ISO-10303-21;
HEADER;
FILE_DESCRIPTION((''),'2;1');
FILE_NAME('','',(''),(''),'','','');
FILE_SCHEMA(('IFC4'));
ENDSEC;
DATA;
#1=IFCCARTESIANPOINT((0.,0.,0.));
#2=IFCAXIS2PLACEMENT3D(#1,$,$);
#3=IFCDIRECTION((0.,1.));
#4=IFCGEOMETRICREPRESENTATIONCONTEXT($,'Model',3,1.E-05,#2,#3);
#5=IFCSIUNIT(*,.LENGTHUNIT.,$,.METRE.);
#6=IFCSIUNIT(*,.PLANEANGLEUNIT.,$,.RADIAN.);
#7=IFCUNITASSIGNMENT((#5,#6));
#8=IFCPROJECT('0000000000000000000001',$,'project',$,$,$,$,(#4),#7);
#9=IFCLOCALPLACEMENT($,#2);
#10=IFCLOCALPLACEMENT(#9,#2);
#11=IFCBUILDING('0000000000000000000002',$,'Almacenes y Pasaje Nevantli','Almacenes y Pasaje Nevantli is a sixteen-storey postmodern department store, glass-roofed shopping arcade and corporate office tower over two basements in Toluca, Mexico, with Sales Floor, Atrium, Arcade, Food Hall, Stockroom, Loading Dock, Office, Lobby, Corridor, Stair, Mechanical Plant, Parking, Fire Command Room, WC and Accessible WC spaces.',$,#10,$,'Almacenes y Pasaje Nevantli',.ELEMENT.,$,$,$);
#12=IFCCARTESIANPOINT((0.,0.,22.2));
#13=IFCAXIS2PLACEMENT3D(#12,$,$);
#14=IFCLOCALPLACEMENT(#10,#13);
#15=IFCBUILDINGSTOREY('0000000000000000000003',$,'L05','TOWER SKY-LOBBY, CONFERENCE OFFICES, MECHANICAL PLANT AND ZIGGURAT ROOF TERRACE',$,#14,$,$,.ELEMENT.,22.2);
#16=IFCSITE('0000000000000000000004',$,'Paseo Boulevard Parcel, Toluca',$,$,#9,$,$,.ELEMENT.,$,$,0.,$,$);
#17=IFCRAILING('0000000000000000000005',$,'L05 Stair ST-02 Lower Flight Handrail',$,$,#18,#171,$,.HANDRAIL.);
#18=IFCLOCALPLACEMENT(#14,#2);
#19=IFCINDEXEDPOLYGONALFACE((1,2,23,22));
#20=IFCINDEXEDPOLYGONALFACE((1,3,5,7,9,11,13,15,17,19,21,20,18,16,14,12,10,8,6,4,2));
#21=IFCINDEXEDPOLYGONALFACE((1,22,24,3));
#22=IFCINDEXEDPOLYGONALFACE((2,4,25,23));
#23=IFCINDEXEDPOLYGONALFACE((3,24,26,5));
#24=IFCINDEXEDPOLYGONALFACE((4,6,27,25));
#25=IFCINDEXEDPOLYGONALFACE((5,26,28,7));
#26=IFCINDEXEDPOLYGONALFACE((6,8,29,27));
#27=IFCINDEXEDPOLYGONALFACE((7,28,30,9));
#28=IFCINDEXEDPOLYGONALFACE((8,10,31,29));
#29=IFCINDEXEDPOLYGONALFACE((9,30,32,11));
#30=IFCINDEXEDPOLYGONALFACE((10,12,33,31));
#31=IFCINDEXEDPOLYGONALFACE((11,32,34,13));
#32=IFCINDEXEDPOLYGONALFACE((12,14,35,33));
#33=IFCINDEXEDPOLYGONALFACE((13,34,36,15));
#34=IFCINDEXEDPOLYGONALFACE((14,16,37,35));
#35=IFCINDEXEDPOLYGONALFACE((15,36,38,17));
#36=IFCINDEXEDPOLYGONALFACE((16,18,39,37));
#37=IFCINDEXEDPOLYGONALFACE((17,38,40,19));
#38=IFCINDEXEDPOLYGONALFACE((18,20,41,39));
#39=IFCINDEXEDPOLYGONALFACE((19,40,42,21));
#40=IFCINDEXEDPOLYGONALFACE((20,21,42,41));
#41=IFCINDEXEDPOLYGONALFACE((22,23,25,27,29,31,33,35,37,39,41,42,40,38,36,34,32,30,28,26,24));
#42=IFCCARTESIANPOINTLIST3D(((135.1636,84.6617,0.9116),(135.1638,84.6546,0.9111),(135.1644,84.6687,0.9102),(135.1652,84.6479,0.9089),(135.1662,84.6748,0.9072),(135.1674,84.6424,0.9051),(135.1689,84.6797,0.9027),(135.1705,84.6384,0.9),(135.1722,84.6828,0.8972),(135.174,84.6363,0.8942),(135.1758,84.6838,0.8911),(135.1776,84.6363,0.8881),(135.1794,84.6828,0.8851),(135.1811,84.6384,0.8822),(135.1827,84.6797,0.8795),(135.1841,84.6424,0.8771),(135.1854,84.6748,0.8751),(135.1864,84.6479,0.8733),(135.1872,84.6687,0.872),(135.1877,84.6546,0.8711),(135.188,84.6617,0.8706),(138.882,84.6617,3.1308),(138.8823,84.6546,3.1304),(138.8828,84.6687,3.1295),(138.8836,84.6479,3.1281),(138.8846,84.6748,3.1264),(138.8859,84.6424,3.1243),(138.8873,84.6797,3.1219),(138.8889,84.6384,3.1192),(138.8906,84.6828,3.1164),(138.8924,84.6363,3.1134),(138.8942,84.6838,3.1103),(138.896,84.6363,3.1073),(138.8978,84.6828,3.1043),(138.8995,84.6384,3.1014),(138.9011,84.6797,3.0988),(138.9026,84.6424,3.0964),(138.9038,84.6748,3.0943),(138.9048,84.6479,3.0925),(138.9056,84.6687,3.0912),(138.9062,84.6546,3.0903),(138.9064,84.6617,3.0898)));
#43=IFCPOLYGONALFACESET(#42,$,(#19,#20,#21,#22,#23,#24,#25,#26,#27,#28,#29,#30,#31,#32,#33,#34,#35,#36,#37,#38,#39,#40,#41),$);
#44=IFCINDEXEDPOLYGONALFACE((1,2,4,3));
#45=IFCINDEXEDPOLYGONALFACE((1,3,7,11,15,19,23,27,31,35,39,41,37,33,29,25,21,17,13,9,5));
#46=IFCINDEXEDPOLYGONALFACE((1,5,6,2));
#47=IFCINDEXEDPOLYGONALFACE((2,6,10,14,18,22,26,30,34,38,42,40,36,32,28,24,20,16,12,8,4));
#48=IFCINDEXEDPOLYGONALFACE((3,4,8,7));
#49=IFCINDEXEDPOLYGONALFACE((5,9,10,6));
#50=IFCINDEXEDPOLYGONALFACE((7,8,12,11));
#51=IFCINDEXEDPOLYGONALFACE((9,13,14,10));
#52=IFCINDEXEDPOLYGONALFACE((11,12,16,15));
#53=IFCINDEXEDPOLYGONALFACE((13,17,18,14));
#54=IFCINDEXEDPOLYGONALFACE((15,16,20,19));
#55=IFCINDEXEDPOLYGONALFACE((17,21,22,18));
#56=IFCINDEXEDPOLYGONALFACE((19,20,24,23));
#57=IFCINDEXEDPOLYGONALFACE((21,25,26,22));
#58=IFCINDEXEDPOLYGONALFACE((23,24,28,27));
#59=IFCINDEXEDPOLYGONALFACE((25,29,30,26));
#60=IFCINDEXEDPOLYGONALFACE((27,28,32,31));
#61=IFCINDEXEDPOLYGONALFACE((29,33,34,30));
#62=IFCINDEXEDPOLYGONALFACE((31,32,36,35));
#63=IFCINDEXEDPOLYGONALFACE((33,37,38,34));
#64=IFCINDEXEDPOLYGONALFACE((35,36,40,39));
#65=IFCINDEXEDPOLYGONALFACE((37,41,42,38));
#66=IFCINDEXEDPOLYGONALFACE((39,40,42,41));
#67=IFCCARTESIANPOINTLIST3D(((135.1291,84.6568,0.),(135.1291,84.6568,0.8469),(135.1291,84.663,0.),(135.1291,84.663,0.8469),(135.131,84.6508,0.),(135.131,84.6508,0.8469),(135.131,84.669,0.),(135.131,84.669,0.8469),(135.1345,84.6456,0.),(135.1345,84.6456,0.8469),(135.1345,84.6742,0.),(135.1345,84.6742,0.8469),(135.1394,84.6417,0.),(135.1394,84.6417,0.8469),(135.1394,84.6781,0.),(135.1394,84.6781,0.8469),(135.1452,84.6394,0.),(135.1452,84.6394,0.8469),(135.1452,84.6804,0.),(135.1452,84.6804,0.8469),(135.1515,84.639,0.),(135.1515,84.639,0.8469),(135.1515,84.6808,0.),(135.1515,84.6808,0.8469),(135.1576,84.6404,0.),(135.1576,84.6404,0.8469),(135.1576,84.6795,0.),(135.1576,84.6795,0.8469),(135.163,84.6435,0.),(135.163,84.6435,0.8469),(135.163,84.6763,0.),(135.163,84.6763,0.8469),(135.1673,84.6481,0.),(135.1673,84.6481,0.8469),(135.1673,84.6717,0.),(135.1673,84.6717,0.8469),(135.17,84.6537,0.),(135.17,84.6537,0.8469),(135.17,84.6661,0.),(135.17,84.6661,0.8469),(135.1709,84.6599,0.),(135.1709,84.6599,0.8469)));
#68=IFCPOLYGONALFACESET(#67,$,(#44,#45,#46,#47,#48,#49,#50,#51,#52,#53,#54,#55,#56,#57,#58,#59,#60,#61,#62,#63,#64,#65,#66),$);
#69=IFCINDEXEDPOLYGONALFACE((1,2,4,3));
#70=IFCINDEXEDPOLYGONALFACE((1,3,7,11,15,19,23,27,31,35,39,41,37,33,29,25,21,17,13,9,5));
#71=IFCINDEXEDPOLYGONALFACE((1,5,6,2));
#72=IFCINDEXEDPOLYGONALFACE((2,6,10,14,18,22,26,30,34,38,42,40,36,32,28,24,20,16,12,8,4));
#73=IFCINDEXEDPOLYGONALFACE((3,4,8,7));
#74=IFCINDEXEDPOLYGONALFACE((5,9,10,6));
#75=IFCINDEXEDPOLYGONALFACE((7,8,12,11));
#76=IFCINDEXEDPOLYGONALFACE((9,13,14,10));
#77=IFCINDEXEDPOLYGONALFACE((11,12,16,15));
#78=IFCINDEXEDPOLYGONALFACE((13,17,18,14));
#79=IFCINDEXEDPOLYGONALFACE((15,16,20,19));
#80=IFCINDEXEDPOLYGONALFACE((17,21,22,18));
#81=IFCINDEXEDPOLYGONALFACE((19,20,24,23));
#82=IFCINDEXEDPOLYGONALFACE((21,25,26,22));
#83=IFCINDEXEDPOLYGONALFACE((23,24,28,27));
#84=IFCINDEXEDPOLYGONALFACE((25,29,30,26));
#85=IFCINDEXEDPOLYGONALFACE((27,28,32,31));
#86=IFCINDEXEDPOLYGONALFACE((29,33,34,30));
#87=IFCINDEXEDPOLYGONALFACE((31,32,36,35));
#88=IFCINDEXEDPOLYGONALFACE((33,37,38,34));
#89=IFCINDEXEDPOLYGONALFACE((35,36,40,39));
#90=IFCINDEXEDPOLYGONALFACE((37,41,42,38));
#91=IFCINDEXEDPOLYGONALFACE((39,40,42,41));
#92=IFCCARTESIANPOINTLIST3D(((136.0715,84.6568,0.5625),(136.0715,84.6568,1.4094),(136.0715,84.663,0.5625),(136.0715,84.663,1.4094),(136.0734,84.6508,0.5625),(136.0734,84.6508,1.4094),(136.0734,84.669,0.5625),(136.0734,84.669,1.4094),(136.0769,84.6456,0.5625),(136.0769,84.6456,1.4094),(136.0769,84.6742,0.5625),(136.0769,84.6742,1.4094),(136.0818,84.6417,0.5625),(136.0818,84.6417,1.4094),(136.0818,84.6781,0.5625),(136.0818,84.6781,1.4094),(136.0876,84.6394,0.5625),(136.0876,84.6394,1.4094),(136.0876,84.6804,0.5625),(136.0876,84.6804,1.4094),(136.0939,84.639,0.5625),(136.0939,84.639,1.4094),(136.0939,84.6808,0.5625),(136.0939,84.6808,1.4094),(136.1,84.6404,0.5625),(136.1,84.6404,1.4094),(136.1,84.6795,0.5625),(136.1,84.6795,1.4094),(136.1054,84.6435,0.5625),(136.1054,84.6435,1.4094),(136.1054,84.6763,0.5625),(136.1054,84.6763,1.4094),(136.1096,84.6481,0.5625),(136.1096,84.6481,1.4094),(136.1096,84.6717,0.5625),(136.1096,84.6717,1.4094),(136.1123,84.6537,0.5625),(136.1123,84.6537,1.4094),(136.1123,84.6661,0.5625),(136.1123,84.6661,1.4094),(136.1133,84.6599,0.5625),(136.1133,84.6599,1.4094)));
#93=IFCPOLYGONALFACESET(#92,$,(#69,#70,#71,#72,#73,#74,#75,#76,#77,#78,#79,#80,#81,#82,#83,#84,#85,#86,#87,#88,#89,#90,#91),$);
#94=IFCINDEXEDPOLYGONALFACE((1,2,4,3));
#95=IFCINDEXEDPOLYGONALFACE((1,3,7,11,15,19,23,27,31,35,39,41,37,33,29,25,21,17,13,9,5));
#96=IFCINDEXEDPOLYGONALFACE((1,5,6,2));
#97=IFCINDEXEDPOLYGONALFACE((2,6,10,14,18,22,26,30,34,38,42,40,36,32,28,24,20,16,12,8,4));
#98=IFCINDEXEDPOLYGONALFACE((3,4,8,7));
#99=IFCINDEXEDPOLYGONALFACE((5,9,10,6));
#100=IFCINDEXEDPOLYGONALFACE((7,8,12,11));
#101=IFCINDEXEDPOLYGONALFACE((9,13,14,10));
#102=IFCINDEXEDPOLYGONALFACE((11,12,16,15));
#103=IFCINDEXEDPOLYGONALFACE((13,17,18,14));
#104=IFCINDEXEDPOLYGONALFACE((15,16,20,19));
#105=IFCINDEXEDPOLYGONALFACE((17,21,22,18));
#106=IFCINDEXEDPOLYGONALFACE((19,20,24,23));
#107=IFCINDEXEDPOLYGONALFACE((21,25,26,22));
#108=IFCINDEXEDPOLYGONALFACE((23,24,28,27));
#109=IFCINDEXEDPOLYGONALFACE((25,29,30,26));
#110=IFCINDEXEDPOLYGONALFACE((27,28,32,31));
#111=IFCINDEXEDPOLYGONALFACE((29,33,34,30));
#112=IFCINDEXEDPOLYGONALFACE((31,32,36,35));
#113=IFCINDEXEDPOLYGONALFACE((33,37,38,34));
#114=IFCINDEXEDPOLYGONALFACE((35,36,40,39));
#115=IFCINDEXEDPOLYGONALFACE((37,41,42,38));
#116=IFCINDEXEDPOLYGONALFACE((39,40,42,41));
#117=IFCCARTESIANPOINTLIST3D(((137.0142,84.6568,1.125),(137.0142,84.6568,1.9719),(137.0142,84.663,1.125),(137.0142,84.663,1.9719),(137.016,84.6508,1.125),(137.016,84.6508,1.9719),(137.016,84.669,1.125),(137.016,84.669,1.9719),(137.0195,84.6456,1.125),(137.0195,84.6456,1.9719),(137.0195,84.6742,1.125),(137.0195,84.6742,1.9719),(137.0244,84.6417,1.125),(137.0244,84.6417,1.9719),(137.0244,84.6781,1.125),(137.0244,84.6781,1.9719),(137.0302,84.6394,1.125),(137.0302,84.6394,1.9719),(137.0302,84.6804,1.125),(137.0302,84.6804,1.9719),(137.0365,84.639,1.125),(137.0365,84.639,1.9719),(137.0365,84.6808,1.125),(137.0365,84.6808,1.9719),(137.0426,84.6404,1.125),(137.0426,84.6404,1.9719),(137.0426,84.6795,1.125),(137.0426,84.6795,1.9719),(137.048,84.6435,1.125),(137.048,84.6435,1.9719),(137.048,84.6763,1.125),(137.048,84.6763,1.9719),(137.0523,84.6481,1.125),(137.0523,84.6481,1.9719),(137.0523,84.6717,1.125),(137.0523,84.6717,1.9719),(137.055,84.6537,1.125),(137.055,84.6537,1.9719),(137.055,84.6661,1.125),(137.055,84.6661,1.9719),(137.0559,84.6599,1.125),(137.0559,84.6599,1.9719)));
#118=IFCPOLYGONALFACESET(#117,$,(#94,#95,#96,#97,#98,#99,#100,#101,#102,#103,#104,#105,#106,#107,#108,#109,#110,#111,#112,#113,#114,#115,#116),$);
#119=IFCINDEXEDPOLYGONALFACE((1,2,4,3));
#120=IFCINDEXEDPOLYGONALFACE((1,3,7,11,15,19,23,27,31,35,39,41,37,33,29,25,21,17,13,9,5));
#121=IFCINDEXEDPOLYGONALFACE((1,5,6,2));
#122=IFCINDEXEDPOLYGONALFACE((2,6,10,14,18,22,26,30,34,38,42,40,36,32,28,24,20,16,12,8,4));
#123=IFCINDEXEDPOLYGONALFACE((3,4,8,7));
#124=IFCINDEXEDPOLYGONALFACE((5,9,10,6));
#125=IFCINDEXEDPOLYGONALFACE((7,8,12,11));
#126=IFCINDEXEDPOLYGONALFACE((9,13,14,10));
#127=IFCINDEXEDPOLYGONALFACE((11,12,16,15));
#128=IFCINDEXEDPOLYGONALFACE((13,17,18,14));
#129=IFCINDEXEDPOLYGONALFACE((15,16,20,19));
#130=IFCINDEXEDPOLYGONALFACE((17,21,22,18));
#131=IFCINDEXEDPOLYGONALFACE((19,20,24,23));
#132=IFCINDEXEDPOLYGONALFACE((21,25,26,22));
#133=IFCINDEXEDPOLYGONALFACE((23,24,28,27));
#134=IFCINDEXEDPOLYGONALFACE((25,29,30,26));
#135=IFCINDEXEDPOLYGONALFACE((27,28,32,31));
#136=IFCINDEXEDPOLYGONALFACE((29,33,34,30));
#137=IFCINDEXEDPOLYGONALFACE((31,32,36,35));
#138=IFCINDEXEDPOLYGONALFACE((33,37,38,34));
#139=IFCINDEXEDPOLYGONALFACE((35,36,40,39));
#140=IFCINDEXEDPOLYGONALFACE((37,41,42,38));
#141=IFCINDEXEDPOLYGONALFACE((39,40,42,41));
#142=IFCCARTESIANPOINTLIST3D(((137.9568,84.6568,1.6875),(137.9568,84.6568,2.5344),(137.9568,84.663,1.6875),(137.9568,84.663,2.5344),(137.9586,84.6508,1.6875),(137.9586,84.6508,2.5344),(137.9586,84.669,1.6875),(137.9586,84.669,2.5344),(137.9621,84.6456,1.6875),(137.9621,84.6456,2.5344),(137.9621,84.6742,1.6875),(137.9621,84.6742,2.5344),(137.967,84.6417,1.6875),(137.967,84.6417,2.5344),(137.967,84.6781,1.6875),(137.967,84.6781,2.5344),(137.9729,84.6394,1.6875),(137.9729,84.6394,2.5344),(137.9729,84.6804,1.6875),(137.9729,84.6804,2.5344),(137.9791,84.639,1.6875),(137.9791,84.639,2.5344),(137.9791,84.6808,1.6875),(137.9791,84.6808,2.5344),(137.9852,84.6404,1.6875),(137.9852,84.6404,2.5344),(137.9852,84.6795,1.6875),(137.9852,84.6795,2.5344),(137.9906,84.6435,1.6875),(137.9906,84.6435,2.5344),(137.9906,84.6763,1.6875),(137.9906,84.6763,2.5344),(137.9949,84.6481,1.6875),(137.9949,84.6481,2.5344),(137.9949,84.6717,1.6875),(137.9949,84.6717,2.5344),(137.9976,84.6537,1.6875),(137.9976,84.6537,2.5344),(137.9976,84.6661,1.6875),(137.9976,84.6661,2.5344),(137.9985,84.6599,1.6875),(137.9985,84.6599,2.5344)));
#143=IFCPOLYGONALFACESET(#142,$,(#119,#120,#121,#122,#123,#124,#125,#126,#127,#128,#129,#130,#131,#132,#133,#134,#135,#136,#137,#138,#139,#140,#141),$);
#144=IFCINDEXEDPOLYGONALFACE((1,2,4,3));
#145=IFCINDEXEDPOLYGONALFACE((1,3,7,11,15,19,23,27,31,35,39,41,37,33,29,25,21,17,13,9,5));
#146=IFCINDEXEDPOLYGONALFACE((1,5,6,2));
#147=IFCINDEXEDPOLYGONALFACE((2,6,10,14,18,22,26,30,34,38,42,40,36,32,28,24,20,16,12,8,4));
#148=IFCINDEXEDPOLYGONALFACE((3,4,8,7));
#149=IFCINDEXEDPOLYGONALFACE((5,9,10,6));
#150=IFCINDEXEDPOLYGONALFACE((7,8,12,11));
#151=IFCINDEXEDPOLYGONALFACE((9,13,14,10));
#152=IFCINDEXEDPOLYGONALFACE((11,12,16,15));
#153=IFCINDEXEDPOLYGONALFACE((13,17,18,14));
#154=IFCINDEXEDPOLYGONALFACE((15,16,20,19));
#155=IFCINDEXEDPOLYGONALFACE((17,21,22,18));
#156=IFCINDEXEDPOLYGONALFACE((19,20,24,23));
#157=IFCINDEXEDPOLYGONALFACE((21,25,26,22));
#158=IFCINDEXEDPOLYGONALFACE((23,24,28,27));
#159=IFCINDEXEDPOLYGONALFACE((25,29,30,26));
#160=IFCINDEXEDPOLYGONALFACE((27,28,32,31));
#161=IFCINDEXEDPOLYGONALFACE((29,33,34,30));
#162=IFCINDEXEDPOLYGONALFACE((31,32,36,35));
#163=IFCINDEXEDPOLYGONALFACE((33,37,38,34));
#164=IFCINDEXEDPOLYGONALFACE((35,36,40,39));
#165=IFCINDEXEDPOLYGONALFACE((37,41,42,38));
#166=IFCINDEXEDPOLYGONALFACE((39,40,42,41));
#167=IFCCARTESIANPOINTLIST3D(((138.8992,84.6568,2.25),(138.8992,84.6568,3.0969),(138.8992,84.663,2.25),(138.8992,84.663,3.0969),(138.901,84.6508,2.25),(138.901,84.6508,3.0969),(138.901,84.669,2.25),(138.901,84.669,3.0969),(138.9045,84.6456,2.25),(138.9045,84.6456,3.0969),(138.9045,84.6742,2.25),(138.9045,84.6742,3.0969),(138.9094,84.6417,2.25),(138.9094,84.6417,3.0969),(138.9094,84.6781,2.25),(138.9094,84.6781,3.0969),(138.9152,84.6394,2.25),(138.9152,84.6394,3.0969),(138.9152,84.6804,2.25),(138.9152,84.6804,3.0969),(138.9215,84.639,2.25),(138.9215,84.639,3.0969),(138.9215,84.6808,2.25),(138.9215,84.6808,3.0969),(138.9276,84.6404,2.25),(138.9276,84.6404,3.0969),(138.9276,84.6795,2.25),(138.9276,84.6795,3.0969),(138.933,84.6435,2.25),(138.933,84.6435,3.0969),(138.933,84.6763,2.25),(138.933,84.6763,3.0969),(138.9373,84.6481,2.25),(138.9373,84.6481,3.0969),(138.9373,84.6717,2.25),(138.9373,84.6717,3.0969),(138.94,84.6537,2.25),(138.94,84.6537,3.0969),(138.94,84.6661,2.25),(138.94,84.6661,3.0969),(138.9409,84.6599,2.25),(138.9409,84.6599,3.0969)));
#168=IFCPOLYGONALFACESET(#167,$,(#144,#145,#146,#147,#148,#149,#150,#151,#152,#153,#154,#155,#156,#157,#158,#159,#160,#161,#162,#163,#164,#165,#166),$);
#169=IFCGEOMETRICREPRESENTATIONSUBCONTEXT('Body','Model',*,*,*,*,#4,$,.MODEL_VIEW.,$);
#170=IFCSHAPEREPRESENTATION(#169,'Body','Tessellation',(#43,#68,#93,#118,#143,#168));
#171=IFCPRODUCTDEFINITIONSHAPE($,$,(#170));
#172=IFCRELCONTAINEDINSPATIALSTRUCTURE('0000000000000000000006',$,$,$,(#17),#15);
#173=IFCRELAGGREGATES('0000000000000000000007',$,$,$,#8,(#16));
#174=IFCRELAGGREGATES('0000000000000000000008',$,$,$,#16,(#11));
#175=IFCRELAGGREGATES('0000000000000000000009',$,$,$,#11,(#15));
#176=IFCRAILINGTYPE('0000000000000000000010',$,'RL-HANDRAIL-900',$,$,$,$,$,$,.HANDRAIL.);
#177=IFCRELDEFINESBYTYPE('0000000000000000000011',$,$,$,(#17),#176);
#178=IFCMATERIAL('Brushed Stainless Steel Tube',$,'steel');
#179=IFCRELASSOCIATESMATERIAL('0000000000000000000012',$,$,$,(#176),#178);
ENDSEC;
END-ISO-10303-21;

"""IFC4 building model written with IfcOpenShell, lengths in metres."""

from ifc_helpers import new_model, si_unit, direction, frame, origin, origin_2d, place, context, subcontext, project, spatial, circle, extrude, material, type_object, element, save


model = new_model("IFC4")

# Units and contexts
model_context = context("Model", 3, precision=1e-05, world=origin(), true_north=direction((0.0, 1.0)))
body_context = subcontext(model_context, "Body", "Model", "MODEL_VIEW")
ifc_project = project(units=[si_unit("LENGTHUNIT", "METRE"), si_unit("PLANEANGLEUNIT", "RADIAN")], contexts=[model_context])

# Site, building, storey
site_placement = place(None, origin())
site = spatial("IfcSite", under=ifc_project, at=site_placement, Name="Paseo Boulevard Parcel, Toluca", CompositionType="ELEMENT", RefElevation=0.0)
building_placement = place(site_placement, origin())
building = spatial("IfcBuilding", under=site, at=building_placement, Name="Almacenes y Pasaje Nevantli", Description="Almacenes y Pasaje Nevantli is a sixteen-storey postmodern department store, glass-roofed shopping arcade and corporate office tower over two basements in Toluca, Mexico, with Sales Floor, Atrium, Arcade, Food Hall, Stockroom, Loading Dock, Office, Lobby, Corridor, Stair, Mechanical Plant, Parking, Fire Command Room, WC and Accessible WC spaces.", LongName="Almacenes y Pasaje Nevantli", CompositionType="ELEMENT")
storey_placement = place(building_placement, frame((0.0, 0.0, 22.2)))
storey = spatial("IfcBuildingStorey", under=building, at=storey_placement, Name="L05", Description="TOWER SKY-LOBBY, CONFERENCE OFFICES, MECHANICAL PLANT AND ZIGGURAT ROOF TERRACE", CompositionType="ELEMENT", Elevation=22.2)

# Railing
ifc_material_1 = material(Name="Brushed Stainless Steel Tube", Category="steel")
railing_type = type_object("IfcRailingType", Name="RL-HANDRAIL-900", PredefinedType="HANDRAIL", material=ifc_material_1)
railing_placement = place(storey_placement, frame((135.1499, 84.6599, 0.0)))
element("IfcRailing", 1, at=railing_placement, inside=storey, type_object=railing_type, Name="L05 Stair ST-02 Lower Flight Handrail", PredefinedType="HANDRAIL", context=body_context, shape_type="SweptSolid", body=[
    extrude(circle(Radius=0.0239, at=origin_2d()), frame((0.0259, 0.0, 0.8911), z_axis=(0.858698, 0.0, 0.512483), x_axis=(0.0, 1.0, 0.0)), (0.0, 0.0, 1.0), 4.3303),
    extrude(circle(Radius=0.021, at=origin_2d()), origin(), (0.0, 0.0, 1.0), 0.8469),
    extrude(circle(Radius=0.021, at=origin_2d()), frame((0.9424, 0.0, 0.5625)), (0.0, 0.0, 1.0), 0.8469),
    extrude(circle(Radius=0.021, at=origin_2d()), frame((1.885, 0.0, 1.125)), (0.0, 0.0, 1.0), 0.8469),
    extrude(circle(Radius=0.021, at=origin_2d()), frame((2.8276, 0.0, 1.6875)), (0.0, 0.0, 1.0), 0.8469),
    extrude(circle(Radius=0.021, at=origin_2d()), frame((3.77, 0.0, 2.25)), (0.0, 0.0, 1.0), 0.8469),
])

save(model, "model.ifc")
